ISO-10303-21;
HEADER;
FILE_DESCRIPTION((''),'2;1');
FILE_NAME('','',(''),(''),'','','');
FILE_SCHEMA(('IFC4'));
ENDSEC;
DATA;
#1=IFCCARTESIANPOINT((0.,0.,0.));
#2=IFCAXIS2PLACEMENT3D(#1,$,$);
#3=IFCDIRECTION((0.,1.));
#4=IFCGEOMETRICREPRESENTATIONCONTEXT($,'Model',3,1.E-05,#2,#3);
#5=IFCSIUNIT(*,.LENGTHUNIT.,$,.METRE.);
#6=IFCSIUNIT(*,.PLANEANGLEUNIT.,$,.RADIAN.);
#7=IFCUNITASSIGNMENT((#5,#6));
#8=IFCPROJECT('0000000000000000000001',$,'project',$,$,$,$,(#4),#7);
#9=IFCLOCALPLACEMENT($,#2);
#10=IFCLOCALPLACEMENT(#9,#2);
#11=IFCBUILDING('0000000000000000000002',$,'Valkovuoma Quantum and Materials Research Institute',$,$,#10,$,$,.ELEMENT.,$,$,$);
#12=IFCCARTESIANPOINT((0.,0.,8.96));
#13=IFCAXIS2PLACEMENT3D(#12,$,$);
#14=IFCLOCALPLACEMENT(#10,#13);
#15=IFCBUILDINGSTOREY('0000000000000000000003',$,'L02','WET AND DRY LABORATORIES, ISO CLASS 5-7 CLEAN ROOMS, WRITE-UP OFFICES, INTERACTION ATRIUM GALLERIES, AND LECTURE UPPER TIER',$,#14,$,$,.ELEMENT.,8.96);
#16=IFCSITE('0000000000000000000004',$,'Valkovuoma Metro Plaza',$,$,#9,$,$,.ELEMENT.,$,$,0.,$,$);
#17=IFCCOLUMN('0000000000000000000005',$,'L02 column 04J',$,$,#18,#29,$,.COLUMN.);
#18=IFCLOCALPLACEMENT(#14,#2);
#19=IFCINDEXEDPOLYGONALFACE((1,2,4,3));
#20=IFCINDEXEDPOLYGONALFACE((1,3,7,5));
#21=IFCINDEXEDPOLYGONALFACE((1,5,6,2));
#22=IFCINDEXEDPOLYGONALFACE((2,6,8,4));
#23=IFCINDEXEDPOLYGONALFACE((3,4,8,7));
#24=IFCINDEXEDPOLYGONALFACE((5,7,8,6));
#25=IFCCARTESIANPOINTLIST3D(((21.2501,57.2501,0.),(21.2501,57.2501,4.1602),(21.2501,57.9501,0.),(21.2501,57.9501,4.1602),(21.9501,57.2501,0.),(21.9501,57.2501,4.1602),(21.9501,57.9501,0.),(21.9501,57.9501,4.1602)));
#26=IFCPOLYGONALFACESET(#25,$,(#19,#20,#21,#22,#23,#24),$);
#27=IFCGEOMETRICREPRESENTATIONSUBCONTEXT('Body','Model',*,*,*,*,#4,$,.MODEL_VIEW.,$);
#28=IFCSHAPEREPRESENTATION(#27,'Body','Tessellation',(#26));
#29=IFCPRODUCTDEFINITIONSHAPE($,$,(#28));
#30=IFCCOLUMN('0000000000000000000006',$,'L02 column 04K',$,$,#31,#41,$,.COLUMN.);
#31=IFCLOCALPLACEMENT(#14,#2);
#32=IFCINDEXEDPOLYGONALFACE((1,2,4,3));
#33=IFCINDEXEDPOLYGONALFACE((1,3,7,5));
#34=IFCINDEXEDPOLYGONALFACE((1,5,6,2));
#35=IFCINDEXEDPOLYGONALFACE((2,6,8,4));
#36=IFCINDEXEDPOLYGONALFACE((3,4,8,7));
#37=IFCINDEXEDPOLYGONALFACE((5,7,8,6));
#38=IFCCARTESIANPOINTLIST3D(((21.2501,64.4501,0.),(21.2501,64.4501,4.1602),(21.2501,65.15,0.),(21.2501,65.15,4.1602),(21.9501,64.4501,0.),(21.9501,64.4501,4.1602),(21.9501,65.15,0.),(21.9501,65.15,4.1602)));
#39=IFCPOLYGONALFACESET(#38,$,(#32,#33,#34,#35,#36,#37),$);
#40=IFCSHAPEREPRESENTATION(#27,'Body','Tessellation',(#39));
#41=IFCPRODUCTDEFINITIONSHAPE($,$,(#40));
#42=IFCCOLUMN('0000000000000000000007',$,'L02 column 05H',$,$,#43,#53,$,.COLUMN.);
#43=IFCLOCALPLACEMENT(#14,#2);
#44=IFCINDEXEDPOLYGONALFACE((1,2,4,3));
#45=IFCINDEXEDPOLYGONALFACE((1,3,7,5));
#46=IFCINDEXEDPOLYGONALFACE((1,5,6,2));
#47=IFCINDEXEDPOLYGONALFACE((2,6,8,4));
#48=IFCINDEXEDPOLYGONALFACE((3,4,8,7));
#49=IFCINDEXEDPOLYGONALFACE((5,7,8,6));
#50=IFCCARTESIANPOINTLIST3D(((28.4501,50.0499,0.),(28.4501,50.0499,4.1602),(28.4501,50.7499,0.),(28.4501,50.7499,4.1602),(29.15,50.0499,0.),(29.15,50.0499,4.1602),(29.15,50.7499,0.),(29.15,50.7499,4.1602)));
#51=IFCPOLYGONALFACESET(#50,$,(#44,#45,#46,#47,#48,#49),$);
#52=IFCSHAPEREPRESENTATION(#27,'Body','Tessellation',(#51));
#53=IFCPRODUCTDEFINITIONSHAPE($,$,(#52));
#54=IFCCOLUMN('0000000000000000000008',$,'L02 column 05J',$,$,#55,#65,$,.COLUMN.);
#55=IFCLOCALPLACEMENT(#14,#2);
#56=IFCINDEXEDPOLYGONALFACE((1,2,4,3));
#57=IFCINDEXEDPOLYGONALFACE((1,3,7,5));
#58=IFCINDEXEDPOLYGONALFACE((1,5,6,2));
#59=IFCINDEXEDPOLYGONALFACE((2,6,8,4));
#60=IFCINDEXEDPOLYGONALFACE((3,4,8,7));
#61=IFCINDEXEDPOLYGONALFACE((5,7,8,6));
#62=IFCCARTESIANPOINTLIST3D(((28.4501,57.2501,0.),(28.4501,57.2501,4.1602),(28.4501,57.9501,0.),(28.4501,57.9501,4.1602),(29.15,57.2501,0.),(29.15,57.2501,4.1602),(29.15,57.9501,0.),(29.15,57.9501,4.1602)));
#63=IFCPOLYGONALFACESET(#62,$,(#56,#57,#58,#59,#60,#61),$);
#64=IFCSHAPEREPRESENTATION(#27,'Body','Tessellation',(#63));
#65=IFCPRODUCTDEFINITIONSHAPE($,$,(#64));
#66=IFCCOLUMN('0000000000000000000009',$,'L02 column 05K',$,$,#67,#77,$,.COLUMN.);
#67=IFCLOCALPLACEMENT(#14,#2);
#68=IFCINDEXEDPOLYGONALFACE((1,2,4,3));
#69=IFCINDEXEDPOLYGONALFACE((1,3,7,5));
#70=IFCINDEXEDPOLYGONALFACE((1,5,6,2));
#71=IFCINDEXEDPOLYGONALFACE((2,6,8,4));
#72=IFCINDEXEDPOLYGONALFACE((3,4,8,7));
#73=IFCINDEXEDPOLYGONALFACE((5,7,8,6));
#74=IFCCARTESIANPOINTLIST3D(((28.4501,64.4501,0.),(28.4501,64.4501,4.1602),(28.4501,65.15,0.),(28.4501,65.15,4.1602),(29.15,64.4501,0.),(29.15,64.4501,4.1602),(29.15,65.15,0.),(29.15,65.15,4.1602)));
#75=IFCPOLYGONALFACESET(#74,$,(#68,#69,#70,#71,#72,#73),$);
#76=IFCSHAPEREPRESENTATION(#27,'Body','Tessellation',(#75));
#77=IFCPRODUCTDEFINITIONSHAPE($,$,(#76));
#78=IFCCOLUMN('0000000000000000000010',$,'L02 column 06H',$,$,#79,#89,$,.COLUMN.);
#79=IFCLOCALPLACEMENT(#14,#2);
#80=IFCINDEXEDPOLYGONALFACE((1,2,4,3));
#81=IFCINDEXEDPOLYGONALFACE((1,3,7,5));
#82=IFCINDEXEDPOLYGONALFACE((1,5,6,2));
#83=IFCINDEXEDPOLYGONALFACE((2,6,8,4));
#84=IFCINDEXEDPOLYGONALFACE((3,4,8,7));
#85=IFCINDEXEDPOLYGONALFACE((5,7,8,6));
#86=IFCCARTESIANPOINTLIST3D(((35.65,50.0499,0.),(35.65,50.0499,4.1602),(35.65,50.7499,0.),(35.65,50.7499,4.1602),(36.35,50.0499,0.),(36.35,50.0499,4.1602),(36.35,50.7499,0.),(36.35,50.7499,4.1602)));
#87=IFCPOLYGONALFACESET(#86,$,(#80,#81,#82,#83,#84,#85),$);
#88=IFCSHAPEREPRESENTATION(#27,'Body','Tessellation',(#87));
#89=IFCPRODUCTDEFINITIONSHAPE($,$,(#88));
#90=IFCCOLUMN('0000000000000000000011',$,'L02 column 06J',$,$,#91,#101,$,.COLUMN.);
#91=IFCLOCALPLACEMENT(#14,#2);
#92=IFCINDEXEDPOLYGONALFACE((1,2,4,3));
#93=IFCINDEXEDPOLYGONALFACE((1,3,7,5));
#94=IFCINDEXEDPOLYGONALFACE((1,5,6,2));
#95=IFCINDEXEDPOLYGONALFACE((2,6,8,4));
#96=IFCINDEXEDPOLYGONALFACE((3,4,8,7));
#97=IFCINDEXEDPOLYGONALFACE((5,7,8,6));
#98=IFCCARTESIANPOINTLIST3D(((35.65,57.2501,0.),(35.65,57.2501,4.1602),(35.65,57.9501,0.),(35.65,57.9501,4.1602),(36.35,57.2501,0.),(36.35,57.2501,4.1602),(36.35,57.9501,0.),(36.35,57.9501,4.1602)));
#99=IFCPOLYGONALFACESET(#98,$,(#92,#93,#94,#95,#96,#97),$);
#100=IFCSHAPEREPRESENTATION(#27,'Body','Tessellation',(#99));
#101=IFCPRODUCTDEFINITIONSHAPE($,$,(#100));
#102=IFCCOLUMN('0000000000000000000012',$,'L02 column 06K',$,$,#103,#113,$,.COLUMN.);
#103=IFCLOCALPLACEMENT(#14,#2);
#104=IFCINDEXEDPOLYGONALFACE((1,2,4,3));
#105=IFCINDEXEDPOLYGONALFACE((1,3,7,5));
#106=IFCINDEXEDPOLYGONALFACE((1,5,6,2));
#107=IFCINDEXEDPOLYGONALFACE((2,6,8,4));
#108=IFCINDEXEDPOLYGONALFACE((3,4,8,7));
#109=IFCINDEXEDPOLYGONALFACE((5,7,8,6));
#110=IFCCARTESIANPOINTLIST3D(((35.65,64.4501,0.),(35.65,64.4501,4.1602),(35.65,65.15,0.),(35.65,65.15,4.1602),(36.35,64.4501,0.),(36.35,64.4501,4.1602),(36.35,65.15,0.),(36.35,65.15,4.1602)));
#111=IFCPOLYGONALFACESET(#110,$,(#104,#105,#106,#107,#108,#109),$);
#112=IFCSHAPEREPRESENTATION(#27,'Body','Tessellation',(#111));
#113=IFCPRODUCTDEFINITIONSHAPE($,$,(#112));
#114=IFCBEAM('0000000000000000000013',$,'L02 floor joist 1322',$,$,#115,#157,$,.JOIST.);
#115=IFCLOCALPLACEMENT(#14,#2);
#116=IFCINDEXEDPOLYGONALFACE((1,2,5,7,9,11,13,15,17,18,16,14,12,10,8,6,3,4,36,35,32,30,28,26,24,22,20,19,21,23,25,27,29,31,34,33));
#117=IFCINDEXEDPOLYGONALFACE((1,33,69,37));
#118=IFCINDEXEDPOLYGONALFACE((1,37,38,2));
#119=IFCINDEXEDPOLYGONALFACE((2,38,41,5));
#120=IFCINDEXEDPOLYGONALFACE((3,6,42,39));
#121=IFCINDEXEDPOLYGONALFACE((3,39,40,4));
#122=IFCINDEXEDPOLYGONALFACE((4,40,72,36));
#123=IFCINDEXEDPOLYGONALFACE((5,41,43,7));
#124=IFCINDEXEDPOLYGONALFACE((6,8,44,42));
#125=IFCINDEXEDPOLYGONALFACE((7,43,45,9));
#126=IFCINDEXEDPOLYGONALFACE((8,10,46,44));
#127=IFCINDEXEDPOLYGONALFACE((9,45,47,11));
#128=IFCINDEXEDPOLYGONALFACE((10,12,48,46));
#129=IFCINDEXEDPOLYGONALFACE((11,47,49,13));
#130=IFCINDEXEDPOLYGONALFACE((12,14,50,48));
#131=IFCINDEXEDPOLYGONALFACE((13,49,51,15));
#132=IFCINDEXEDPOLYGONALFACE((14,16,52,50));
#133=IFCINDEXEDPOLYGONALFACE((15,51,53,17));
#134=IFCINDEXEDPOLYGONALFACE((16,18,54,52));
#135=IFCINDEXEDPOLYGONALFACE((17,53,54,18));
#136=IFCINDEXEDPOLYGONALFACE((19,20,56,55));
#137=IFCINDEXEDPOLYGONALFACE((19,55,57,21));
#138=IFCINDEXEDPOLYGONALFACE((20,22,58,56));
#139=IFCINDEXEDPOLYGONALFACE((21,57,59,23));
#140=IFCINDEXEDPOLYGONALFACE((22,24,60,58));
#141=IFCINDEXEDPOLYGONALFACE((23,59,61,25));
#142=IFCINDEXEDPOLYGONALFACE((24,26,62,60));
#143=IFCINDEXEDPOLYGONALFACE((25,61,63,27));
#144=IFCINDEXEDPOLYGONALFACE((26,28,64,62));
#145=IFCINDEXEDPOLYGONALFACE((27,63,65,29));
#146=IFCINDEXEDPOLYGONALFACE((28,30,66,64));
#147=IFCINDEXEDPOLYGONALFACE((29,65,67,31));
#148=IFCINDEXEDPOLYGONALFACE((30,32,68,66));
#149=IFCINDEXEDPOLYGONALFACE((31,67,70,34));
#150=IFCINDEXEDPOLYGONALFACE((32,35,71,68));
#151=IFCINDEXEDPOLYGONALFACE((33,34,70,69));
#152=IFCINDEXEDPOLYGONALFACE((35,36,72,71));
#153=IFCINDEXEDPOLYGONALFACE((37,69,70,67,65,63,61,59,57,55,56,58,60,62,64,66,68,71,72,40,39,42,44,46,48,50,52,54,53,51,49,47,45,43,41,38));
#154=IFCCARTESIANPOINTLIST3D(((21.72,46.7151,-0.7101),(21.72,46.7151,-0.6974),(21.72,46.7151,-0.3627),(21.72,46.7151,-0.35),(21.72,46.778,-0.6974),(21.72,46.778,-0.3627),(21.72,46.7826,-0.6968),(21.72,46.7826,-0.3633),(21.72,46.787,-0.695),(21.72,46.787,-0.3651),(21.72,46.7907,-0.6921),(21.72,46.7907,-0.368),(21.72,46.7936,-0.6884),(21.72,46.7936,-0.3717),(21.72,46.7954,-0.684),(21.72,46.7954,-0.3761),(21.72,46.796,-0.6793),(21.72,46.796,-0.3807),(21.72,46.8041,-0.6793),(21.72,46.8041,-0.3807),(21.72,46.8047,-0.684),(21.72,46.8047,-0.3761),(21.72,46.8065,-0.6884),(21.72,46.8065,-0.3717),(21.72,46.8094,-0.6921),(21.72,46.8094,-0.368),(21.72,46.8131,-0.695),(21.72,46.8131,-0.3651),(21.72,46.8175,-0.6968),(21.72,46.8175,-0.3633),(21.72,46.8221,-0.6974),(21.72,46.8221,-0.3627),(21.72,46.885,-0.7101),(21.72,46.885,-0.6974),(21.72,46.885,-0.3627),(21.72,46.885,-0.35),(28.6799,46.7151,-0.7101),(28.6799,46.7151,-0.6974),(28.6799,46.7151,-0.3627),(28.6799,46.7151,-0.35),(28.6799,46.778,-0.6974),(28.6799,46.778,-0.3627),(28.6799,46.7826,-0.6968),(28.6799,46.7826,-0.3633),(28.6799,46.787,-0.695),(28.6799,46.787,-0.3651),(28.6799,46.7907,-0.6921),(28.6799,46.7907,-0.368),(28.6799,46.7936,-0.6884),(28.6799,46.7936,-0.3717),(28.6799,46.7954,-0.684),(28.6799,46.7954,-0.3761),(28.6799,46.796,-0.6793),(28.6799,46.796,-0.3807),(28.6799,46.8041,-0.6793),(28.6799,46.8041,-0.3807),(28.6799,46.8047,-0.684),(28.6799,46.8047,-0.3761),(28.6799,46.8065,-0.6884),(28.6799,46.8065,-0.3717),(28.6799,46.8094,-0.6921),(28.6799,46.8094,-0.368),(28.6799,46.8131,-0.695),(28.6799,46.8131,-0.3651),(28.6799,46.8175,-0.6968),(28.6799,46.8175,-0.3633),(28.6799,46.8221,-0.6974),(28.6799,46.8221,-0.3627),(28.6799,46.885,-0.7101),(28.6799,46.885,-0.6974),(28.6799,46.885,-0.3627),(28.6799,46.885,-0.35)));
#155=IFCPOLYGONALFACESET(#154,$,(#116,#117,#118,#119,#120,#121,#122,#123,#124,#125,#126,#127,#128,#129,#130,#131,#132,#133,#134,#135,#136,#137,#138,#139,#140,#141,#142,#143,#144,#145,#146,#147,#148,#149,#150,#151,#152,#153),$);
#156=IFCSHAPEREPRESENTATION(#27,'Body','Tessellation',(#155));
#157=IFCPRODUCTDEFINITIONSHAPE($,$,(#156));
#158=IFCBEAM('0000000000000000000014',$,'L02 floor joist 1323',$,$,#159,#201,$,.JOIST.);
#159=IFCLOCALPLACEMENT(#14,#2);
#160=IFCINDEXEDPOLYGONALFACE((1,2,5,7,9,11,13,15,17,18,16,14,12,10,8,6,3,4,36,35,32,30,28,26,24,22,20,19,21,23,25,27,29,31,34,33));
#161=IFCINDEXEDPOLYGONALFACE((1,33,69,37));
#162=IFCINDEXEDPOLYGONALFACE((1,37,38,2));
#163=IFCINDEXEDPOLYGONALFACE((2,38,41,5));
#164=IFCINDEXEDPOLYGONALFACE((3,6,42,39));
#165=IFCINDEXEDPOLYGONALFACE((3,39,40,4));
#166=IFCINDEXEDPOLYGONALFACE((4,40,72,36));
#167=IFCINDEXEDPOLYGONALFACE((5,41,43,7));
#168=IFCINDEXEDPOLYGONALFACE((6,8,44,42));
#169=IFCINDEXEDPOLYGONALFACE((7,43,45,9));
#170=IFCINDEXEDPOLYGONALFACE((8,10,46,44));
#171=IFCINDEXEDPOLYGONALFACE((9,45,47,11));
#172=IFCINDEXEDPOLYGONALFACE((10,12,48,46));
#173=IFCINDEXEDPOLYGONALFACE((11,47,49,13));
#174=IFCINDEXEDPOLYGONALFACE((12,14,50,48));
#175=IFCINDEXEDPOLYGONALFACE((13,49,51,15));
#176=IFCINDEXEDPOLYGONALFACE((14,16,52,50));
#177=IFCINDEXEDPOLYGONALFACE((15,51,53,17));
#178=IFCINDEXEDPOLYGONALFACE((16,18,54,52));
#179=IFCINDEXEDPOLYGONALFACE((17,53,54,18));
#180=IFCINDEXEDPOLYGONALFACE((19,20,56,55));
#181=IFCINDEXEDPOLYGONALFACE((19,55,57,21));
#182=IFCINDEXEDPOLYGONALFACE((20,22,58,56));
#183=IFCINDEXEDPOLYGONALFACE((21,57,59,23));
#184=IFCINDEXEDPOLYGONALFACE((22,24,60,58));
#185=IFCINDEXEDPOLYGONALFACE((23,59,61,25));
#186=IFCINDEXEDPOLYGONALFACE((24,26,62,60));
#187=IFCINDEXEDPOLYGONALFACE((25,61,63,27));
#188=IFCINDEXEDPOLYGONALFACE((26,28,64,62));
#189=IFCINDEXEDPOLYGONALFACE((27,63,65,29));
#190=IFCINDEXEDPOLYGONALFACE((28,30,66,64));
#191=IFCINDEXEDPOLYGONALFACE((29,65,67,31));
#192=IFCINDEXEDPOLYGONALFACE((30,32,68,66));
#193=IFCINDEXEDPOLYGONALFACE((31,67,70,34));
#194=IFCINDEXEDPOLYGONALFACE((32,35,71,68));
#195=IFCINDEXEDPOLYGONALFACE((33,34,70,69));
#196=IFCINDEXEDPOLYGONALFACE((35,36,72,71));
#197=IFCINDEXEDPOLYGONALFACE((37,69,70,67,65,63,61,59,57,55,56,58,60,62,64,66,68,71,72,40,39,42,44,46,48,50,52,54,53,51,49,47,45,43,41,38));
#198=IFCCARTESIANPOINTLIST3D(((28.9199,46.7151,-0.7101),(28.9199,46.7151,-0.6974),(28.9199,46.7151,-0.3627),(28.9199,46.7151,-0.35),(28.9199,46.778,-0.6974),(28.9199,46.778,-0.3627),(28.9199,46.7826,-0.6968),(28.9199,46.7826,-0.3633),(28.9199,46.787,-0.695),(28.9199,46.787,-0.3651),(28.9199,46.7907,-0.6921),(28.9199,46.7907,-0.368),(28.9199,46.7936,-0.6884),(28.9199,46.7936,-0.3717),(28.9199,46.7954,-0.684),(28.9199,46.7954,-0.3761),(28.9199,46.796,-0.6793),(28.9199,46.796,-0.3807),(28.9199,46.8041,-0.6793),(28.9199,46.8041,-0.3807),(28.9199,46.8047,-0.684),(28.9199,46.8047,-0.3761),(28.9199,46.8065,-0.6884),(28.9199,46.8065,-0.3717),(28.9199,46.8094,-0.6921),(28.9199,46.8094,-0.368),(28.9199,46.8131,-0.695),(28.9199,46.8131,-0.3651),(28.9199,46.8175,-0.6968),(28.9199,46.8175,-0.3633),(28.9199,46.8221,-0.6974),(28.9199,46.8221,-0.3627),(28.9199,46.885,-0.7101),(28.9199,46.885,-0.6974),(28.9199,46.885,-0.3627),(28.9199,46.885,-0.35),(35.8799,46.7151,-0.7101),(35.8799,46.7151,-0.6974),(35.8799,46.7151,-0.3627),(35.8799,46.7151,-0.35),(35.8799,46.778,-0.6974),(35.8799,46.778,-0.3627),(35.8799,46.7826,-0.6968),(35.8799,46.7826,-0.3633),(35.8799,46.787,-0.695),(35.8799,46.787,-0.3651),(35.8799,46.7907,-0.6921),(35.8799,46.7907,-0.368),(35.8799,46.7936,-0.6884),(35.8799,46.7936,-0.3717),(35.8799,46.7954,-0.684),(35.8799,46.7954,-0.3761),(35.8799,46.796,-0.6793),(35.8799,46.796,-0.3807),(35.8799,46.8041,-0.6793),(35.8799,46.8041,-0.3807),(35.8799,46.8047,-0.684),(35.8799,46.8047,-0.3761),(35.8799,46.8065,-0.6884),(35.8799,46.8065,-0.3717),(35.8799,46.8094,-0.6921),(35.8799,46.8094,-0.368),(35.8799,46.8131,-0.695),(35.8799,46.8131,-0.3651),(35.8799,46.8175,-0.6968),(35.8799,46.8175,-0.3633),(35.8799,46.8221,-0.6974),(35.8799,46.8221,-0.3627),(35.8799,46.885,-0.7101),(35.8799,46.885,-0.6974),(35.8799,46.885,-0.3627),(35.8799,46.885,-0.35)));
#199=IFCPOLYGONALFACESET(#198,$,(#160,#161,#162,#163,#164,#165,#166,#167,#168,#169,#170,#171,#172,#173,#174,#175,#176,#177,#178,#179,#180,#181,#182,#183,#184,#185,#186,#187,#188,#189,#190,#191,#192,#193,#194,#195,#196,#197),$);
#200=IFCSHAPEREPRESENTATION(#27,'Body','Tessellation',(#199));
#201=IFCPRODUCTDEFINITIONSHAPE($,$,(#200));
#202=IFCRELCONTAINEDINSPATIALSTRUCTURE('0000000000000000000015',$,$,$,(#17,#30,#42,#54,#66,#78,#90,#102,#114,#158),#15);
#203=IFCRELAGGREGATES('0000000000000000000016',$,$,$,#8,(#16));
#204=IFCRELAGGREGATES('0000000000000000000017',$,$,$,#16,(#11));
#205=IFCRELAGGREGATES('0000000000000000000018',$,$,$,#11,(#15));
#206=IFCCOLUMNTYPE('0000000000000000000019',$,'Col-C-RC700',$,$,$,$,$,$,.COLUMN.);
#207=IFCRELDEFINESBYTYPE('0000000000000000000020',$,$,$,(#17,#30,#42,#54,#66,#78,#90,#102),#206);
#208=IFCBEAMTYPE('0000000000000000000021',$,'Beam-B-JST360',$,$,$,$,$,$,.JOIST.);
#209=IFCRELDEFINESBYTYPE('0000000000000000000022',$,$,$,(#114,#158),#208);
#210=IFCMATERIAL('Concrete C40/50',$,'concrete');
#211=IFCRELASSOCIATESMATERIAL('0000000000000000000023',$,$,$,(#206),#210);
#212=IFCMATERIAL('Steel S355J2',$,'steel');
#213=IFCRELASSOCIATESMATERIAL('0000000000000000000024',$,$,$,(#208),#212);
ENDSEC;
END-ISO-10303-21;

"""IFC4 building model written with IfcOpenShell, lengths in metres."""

from ifc_helpers import new_model, si_unit, direction, frame, origin, origin_2d, place, context, subcontext, project, spatial, rectangle, i_section, extrude, material, material_profile, profile_set, type_object, element, save


model = new_model("IFC4")

# Units and contexts
model_context = context("Model", 3, precision=1e-05, world=origin(), true_north=direction((0.0, 1.0)))
body_context = subcontext(model_context, "Body", "Model", "MODEL_VIEW")
ifc_project = project(units=[si_unit("LENGTHUNIT", "METRE"), si_unit("PLANEANGLEUNIT", "RADIAN")], contexts=[model_context])

# Site, building, storey
site_placement = place(None, origin())
site = spatial("IfcSite", under=ifc_project, at=site_placement, Name="Valkovuoma Metro Plaza", CompositionType="ELEMENT", RefElevation=0.0)
building_placement = place(site_placement, origin())
building = spatial("IfcBuilding", under=site, at=building_placement, Name="Valkovuoma Quantum and Materials Research Institute", CompositionType="ELEMENT")
storey_placement = place(building_placement, frame((0.0, 0.0, 8.96)))
storey = spatial("IfcBuildingStorey", under=building, at=storey_placement, Name="L02", Description="WET AND DRY LABORATORIES, ISO CLASS 5-7 CLEAN ROOMS, WRITE-UP OFFICES, INTERACTION ATRIUM GALLERIES, AND LECTURE UPPER TIER", CompositionType="ELEMENT", Elevation=8.96)

# Columns
ifc_material_1 = material(Name="Concrete C40/50", Category="concrete")
ifc_material_profile_1 = material_profile(ifc_material_1, rectangle(XDim=0.7, YDim=0.7, at=origin_2d()), Name="Concrete C40/50")
ifc_profile_set_1 = profile_set([ifc_material_profile_1], Name="Concrete C40/50")
column_type = type_object("IfcColumnType", Name="Col-C-RC700", PredefinedType="COLUMN", material=ifc_profile_set_1)
for number, where, z_axis, x_axis, name in (
    (1, (21.6001, 57.6001, 0.0), (0.0, 0.0, 1.0), (1.0, 0.0, 0.0), "L02 column 04J"),
    (2, (21.6001, 64.8, 0.0), (0.0, 0.0, 1.0), (1.0, 0.0, 0.0), "L02 column 04K"),
    (3, (28.8, 50.3999, 0.0), (0.0, 0.0, 1.0), (1.0, 0.0, 0.0), "L02 column 05H"),
    (4, (28.8, 57.6001, 0.0), (0.0, 0.0, 1.0), (1.0, 0.0, 0.0), "L02 column 05J"),
    (5, (28.8, 64.8, 0.0), (0.0, 0.0, 1.0), (1.0, 0.0, 0.0), "L02 column 05K"),
    (6, (36.0, 50.3999, 0.0), (0.0, 0.0, 1.0), (1.0, 0.0, 0.0), "L02 column 06H"),
    (7, (36.0, 57.6001, 0.0), (0.0, 0.0, 1.0), (1.0, 0.0, 0.0), "L02 column 06J"),
    (8, (36.0, 64.8, 0.0), (0.0, 0.0, 1.0), (1.0, 0.0, 0.0), "L02 column 06K"),
):
    element("IfcColumn", number, at=place(storey_placement, frame(where, z_axis=z_axis, x_axis=x_axis)), inside=storey, type_object=column_type, Name=name, PredefinedType="COLUMN", context=body_context, shape_type="SweptSolid", body=[
        extrude(rectangle(XDim=0.7, YDim=0.7, at=origin_2d()), origin(), (0.0, 0.0, 1.0), 4.1602),
    ])

# Beams
ifc_material_2 = material(Name="Steel S355J2", Category="steel")
ifc_material_profile_2 = material_profile(ifc_material_2, i_section(OverallWidth=0.1699, OverallDepth=0.3601, WebThickness=0.0081, FlangeThickness=0.0127, FilletRadius=0.0181, at=origin_2d()), Name="Steel S355J2")
ifc_profile_set_2 = profile_set([ifc_material_profile_2], Name="Steel S355J2")
beam_type_1 = type_object("IfcBeamType", Name="Beam-B-JST360", PredefinedType="JOIST", material=ifc_profile_set_2)
for number, where, z_axis, x_axis, name in (
    (9, (21.72, 46.8, -0.53), (1.0, 0.0, 0.0), (0.0, 1.0, 0.0), "L02 floor joist 1322"),
    (10, (28.9199, 46.8, -0.53), (1.0, 0.0, 0.0), (0.0, 1.0, 0.0), "L02 floor joist 1323"),
):
    element("IfcBeam", number, at=place(storey_placement, frame(where, z_axis=z_axis, x_axis=x_axis)), inside=storey, type_object=beam_type_1, Name=name, PredefinedType="JOIST", context=body_context, shape_type="SweptSolid", body=[
        extrude(i_section(OverallWidth=0.1699, OverallDepth=0.3601, WebThickness=0.0081, FlangeThickness=0.0127, FilletRadius=0.0181, at=origin_2d()), origin(), (0.0, 0.0, 1.0), 6.96),
    ])

save(model, "model.ifc")
